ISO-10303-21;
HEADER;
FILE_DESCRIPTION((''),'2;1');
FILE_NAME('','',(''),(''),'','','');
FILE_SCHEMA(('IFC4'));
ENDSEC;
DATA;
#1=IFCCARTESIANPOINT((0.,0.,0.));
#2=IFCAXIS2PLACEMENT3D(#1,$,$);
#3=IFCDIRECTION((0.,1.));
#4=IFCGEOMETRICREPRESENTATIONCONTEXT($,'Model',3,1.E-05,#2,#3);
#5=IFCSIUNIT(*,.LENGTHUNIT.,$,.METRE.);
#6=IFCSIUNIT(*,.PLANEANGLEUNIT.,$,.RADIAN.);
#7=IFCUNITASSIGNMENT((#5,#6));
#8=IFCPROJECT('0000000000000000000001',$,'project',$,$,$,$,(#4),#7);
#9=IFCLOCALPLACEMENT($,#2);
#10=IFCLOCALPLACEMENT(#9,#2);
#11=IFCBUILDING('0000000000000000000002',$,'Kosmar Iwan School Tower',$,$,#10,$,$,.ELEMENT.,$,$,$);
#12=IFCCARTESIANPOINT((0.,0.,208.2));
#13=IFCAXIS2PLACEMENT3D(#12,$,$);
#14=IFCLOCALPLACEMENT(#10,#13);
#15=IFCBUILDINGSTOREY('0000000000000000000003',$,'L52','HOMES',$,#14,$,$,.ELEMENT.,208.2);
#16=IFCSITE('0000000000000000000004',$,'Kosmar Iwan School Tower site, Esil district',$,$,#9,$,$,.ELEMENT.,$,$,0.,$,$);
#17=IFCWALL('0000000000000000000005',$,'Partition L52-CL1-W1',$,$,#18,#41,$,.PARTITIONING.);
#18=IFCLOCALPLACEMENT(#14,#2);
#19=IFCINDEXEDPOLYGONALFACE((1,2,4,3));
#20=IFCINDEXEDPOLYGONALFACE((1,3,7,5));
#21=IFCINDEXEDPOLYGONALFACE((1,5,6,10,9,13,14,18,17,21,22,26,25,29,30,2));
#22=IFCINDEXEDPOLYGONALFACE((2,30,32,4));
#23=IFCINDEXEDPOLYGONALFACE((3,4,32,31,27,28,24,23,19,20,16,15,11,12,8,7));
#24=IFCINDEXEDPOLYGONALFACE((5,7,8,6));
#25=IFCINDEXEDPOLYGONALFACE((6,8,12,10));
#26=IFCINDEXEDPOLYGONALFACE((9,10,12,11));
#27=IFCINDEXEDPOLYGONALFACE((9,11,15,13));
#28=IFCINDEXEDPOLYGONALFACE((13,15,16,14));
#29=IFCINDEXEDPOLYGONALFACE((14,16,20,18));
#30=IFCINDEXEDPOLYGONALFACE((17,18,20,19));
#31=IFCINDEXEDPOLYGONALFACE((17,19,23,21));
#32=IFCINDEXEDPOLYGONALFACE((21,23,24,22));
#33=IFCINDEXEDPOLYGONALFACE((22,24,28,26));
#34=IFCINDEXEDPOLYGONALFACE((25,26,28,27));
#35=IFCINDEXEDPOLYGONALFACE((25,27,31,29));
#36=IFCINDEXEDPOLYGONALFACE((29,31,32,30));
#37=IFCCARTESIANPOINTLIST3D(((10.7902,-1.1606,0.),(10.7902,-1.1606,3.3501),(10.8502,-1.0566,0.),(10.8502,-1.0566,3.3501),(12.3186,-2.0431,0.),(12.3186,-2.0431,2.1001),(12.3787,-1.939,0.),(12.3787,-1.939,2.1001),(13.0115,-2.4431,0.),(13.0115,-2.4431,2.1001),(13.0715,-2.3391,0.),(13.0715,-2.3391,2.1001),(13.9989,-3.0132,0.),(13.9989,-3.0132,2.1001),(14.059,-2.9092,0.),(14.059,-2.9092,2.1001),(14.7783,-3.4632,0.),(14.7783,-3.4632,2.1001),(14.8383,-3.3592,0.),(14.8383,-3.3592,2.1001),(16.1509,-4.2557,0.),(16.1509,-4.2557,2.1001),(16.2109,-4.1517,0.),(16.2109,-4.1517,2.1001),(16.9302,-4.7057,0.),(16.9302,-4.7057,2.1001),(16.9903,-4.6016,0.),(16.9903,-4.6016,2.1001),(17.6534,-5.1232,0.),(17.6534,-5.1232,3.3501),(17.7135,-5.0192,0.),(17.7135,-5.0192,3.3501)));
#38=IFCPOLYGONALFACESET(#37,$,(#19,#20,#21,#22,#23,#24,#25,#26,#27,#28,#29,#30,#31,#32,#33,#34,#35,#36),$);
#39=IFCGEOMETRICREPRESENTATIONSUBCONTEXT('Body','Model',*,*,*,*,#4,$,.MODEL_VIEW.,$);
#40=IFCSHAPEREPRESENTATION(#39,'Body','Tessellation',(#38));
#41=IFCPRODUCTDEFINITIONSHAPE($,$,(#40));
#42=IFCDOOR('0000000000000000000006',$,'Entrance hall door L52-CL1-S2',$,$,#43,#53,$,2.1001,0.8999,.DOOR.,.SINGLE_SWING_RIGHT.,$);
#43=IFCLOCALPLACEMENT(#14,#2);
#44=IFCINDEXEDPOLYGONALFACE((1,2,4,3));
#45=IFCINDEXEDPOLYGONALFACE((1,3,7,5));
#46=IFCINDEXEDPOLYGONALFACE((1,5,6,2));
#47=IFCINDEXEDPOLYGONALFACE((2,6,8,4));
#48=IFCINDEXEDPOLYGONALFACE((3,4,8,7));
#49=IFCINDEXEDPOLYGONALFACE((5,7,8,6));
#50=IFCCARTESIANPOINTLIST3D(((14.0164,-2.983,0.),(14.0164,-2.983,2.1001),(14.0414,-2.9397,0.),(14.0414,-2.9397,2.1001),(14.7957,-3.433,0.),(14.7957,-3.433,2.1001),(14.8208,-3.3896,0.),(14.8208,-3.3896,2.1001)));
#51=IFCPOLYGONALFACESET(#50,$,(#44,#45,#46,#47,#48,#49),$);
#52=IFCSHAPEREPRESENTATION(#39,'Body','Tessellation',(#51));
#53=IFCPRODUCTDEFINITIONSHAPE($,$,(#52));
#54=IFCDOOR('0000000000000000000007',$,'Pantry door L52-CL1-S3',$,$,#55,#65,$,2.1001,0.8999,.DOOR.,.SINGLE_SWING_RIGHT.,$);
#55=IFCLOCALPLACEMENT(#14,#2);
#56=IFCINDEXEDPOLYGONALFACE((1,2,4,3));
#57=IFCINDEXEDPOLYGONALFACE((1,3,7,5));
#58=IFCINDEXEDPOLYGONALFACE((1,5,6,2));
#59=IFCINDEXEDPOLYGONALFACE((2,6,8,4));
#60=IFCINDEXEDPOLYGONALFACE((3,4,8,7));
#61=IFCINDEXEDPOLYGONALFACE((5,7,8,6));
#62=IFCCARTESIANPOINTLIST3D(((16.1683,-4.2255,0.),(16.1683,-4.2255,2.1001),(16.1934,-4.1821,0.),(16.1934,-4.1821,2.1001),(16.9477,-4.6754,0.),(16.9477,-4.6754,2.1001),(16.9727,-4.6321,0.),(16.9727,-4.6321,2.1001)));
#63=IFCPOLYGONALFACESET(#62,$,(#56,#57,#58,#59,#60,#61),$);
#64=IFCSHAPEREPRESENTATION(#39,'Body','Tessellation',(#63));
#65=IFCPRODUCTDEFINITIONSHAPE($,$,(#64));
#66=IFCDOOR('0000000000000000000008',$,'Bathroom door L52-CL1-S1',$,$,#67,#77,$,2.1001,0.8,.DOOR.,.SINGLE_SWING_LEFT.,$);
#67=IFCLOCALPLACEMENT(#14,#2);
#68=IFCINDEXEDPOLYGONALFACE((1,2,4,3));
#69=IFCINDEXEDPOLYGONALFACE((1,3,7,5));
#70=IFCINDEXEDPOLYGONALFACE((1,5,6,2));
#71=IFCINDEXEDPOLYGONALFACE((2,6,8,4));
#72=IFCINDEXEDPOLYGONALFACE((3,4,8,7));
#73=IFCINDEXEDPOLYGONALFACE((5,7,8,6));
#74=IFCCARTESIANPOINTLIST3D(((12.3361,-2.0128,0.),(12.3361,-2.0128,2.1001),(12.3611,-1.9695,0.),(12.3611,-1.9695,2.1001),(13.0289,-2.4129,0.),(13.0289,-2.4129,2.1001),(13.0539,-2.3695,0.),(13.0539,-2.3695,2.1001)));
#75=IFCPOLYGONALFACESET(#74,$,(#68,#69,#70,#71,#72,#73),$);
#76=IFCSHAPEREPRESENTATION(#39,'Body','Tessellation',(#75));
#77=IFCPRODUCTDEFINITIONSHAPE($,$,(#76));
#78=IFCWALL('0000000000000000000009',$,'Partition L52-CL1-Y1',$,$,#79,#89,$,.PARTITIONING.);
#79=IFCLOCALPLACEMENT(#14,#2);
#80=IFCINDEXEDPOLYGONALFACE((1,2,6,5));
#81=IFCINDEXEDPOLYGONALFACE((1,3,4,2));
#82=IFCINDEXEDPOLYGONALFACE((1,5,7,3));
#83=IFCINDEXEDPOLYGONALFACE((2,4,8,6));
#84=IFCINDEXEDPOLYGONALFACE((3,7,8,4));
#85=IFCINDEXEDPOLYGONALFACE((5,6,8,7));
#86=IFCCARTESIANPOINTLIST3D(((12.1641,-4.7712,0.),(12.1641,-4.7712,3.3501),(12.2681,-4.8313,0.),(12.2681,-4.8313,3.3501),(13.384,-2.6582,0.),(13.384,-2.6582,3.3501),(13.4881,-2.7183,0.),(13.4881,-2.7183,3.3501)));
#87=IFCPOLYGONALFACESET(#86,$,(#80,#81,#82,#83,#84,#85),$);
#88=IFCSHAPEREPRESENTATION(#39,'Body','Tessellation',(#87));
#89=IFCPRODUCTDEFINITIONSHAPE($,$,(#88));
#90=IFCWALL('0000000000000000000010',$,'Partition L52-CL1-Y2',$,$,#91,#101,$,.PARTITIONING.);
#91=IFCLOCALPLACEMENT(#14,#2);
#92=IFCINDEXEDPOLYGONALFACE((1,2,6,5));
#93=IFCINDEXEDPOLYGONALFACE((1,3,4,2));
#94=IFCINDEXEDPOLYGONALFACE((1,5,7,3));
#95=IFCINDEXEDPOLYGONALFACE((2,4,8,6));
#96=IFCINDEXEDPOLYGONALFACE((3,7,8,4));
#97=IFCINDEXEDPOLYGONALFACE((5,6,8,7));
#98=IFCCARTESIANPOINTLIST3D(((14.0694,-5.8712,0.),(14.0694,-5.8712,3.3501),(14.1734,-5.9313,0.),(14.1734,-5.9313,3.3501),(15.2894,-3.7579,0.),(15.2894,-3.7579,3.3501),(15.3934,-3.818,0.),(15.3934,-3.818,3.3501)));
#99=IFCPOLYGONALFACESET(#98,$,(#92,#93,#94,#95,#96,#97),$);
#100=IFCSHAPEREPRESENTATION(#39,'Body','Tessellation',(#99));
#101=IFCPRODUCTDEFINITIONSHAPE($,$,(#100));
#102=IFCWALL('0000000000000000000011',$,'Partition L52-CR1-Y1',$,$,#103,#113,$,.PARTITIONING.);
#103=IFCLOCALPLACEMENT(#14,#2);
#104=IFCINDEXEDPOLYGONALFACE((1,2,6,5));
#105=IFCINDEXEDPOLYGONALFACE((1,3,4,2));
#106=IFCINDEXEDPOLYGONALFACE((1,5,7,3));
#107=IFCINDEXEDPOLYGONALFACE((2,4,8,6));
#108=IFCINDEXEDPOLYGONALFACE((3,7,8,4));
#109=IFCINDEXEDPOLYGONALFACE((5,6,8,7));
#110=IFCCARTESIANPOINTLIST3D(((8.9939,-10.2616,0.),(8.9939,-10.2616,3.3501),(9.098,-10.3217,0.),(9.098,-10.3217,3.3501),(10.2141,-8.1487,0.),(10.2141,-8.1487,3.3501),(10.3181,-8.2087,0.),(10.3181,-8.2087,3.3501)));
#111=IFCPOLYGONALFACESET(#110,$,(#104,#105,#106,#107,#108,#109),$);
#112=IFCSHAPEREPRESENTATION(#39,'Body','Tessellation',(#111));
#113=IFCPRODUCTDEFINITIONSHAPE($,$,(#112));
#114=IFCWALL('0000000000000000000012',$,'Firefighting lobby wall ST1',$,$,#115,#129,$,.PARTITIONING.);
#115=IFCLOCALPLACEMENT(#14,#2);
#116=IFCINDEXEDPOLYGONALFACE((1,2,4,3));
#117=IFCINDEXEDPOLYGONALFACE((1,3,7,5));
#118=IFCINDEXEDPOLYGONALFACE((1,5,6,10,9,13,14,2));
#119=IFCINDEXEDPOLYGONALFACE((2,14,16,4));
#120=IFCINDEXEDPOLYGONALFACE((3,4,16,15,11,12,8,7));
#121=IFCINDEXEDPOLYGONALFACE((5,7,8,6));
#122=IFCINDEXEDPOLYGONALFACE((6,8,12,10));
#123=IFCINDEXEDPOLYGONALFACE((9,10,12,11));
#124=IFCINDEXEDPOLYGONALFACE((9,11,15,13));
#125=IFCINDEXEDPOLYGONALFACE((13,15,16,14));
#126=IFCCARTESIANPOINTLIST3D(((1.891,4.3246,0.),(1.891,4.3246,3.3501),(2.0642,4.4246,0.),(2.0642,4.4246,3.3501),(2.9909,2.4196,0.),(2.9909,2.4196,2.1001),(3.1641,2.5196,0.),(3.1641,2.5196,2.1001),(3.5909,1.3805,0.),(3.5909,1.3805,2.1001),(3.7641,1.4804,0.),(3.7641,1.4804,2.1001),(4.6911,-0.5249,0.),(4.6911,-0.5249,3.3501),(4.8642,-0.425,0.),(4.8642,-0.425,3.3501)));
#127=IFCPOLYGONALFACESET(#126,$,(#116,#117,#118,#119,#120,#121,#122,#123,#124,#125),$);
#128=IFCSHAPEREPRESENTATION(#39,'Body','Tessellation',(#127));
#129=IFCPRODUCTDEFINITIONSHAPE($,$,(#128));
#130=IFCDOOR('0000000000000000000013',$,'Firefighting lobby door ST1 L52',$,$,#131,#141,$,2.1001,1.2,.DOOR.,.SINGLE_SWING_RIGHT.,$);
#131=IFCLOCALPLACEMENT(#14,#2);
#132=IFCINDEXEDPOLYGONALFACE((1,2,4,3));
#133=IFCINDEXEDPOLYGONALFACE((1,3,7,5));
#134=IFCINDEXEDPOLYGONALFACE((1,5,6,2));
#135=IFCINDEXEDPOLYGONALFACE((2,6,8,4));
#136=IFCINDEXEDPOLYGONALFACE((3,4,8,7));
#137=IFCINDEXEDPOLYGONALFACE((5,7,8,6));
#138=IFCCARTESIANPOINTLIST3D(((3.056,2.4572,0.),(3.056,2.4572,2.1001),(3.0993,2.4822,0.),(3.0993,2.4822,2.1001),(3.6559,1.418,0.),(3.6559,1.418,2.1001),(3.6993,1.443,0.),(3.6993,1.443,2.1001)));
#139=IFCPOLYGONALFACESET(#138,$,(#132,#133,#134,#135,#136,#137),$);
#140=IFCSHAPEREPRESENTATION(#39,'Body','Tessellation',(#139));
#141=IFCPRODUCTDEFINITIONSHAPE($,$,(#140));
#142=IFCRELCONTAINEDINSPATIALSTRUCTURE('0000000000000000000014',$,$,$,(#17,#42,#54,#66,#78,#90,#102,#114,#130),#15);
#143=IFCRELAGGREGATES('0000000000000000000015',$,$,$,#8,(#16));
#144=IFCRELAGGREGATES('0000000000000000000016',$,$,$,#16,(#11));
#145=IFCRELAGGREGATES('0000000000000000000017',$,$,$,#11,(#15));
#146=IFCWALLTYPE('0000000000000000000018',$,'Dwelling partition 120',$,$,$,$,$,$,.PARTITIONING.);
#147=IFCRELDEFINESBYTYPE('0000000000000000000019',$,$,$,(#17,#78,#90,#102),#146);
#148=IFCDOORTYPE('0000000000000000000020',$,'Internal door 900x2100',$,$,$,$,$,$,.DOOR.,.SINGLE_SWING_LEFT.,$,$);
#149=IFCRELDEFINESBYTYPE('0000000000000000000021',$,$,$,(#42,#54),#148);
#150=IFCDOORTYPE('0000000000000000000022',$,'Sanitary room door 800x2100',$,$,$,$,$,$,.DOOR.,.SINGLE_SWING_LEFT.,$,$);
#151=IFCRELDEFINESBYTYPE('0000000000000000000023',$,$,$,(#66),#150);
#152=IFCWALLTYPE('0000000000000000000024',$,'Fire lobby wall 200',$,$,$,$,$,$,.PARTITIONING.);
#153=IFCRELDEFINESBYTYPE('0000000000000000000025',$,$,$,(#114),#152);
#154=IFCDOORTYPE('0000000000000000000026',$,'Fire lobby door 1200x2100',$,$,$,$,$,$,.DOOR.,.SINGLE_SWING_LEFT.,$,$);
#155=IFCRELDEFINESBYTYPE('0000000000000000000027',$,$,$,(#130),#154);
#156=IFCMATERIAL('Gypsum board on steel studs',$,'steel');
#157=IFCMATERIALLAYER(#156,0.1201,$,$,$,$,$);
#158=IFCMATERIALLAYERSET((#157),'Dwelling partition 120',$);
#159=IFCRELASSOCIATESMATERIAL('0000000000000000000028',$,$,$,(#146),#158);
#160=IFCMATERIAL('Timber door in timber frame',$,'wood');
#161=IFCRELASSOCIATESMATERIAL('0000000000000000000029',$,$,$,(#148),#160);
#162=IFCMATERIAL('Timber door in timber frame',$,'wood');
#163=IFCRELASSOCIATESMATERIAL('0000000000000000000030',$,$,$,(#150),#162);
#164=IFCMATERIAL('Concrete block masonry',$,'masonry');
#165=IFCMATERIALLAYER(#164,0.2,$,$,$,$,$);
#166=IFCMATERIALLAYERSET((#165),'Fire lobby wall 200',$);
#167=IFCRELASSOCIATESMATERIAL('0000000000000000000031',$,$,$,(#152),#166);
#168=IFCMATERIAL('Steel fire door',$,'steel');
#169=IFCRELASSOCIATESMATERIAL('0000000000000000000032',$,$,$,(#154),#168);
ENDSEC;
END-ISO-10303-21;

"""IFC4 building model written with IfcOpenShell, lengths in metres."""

from ifc_helpers import new_model, si_unit, direction, frame, frame_2d, origin, place, context, subcontext, project, spatial, rectangle, extrude, material, layer, layer_set, type_object, element, fill, save


model = new_model("IFC4")

# Units and contexts
model_context = context("Model", 3, precision=1e-05, world=origin(), true_north=direction((0.0, 1.0)))
body_context = subcontext(model_context, "Body", "Model", "MODEL_VIEW")
ifc_project = project(units=[si_unit("LENGTHUNIT", "METRE"), si_unit("PLANEANGLEUNIT", "RADIAN")], contexts=[model_context])

# Site, building, storey
site_placement = place(None, origin())
site = spatial("IfcSite", under=ifc_project, at=site_placement, Name="Kosmar Iwan School Tower site, Esil district", CompositionType="ELEMENT", RefElevation=0.0)
building_placement = place(site_placement, origin())
building = spatial("IfcBuilding", under=site, at=building_placement, Name="Kosmar Iwan School Tower", CompositionType="ELEMENT")
storey_placement = place(building_placement, frame((0.0, 0.0, 208.2)))
storey = spatial("IfcBuildingStorey", under=building, at=storey_placement, Name="L52", Description="HOMES", CompositionType="ELEMENT", Elevation=208.2)

# Wall, openings, doors
ifc_material_1 = material(Name="Gypsum board on steel studs", Category="steel")
ifc_layer_1 = layer(ifc_material_1, 0.1201)
ifc_layer_set_1 = layer_set([ifc_layer_1], Name="Dwelling partition 120")
wall_type_1 = type_object("IfcWallType", Name="Dwelling partition 120", PredefinedType="PARTITIONING", material=ifc_layer_set_1)
wall_1_placement = place(storey_placement, frame((10.8203, -1.1086, 0.0), z_axis=(0.0, 0.0, 1.0), x_axis=(0.866018, -0.500012, 0.0)))
wall_1 = element("IfcWall", 1, at=wall_1_placement, inside=storey, type_object=wall_type_1, Name="Partition L52-CL1-W1", PredefinedType="PARTITIONING", context=body_context, shape_type="SweptSolid", body=[
    extrude(rectangle(XDim=7.925, YDim=0.1201, at=frame_2d((3.9624, 0.0))), origin(), (0.0, 0.0, 1.0), 3.3501),
])
opening_1_placement = place(wall_1_placement, frame((1.7649, 0.0, 0.0)))
opening_1 = element("IfcOpeningElement", 2, at=opening_1_placement, cuts=wall_1, PredefinedType="OPENING", context=body_context, shape_type="SweptSolid", body=[
    extrude(rectangle(XDim=0.8, YDim=2.1001, at=frame_2d((0.3999, 1.05))), frame((0.0, 0.072, 0.0), z_axis=(0.0, -1.0, 0.0), x_axis=(1.0, 0.0, 0.0)), (0.0, 0.0, 1.0), 0.144),
])
opening_2_placement = place(wall_1_placement, frame((3.7051, 0.0, 0.0)))
opening_2 = element("IfcOpeningElement", 3, at=opening_2_placement, cuts=wall_1, PredefinedType="OPENING", context=body_context, shape_type="SweptSolid", body=[
    extrude(rectangle(XDim=0.8999, YDim=2.1001, at=frame_2d((0.45, 1.05))), frame((0.0, 0.072, 0.0), z_axis=(0.0, -1.0, 0.0), x_axis=(1.0, 0.0, 0.0)), (0.0, 0.0, 1.0), 0.144),
])
opening_3_placement = place(wall_1_placement, frame((6.1899, 0.0, 0.0)))
opening_3 = element("IfcOpeningElement", 4, at=opening_3_placement, cuts=wall_1, PredefinedType="OPENING", context=body_context, shape_type="SweptSolid", body=[
    extrude(rectangle(XDim=0.8999, YDim=2.1001, at=frame_2d((0.45, 1.05))), frame((0.0, 0.072, 0.0), z_axis=(0.0, -1.0, 0.0), x_axis=(1.0, 0.0, 0.0)), (0.0, 0.0, 1.0), 0.144),
])
ifc_material_2 = material(Name="Timber door in timber frame", Category="wood")
door_type_1 = type_object("IfcDoorType", Name="Internal door 900x2100", OperationType="SINGLE_SWING_LEFT", PredefinedType="DOOR", material=ifc_material_2)
door_1_placement = place(opening_2_placement, origin())
door_1 = element("IfcDoor", 5, at=door_1_placement, inside=storey, type_object=door_type_1, Name="Entrance hall door L52-CL1-S2", OperationType="SINGLE_SWING_RIGHT", OverallHeight=2.1001, OverallWidth=0.8999, PredefinedType="DOOR", context=body_context, shape_type="SweptSolid", body=[
    extrude(rectangle(XDim=0.8999, YDim=2.1001, at=frame_2d((0.45, 1.05))), frame((0.0, 0.0249, 0.0), z_axis=(0.0, -1.0, 0.0), x_axis=(1.0, 0.0, 0.0)), (0.0, 0.0, 1.0), 0.05),
])
fill(opening_2, door_1)
door_2_placement = place(opening_3_placement, origin())
door_2 = element("IfcDoor", 6, at=door_2_placement, inside=storey, type_object=door_type_1, Name="Pantry door L52-CL1-S3", OperationType="SINGLE_SWING_RIGHT", OverallHeight=2.1001, OverallWidth=0.8999, PredefinedType="DOOR", context=body_context, shape_type="SweptSolid", body=[
    extrude(rectangle(XDim=0.8999, YDim=2.1001, at=frame_2d((0.45, 1.05))), frame((0.0, 0.0249, 0.0), z_axis=(0.0, -1.0, 0.0), x_axis=(1.0, 0.0, 0.0)), (0.0, 0.0, 1.0), 0.05),
])
fill(opening_3, door_2)
ifc_material_3 = material(Name="Timber door in timber frame", Category="wood")
door_type_2 = type_object("IfcDoorType", Name="Sanitary room door 800x2100", OperationType="SINGLE_SWING_LEFT", PredefinedType="DOOR", material=ifc_material_3)
door_3_placement = place(opening_1_placement, origin())
door_3 = element("IfcDoor", 7, at=door_3_placement, inside=storey, type_object=door_type_2, Name="Bathroom door L52-CL1-S1", OperationType="SINGLE_SWING_LEFT", OverallHeight=2.1001, OverallWidth=0.8, PredefinedType="DOOR", context=body_context, shape_type="SweptSolid", body=[
    extrude(rectangle(XDim=0.8, YDim=2.1001, at=frame_2d((0.3999, 1.05))), frame((0.0, 0.0249, 0.0), z_axis=(0.0, -1.0, 0.0), x_axis=(1.0, 0.0, 0.0)), (0.0, 0.0, 1.0), 0.05),
])
fill(opening_1, door_3)

# Walls
wall_2_placement = place(storey_placement, frame((12.2161, -4.8013, 0.0), z_axis=(0.0, 0.0, 1.0), x_axis=(0.500003, 0.866024, 0.0)))
element("IfcWall", 8, at=wall_2_placement, inside=storey, type_object=wall_type_1, Name="Partition L52-CL1-Y1", PredefinedType="PARTITIONING", context=body_context, shape_type="SweptSolid", body=[
    extrude(rectangle(XDim=2.4399, YDim=0.1201, at=frame_2d((1.22, 0.0))), origin(), (0.0, 0.0, 1.0), 3.3501),
])
wall_3_placement = place(storey_placement, frame((14.1213, -5.9014, 0.0), z_axis=(0.0, 0.0, 1.0), x_axis=(0.499959, 0.866049, 0.0)))
element("IfcWall", 9, at=wall_3_placement, inside=storey, type_object=wall_type_1, Name="Partition L52-CL1-Y2", PredefinedType="PARTITIONING", context=body_context, shape_type="SweptSolid", body=[
    extrude(rectangle(XDim=2.4402, YDim=0.1201, at=frame_2d((1.2202, 0.0))), origin(), (0.0, 0.0, 1.0), 3.3501),
])
wall_4_placement = place(storey_placement, frame((10.2661, -8.1787, 0.0), z_axis=(0.0, 0.0, 1.0), x_axis=(-0.500078, -0.865981, 0.0)))
element("IfcWall", 10, at=wall_4_placement, inside=storey, type_object=wall_type_1, Name="Partition L52-CR1-Y1", PredefinedType="PARTITIONING", context=body_context, shape_type="SweptSolid", body=[
    extrude(rectangle(XDim=2.4399, YDim=0.1201, at=frame_2d((1.22, 0.0))), origin(), (0.0, 0.0, 1.0), 3.3501),
])

# Wall, opening, door
ifc_material_4 = material(Name="Concrete block masonry", Category="masonry")
ifc_layer_2 = layer(ifc_material_4, 0.2)
ifc_layer_set_2 = layer_set([ifc_layer_2], Name="Fire lobby wall 200")
wall_type_2 = type_object("IfcWallType", Name="Fire lobby wall 200", PredefinedType="PARTITIONING", material=ifc_layer_set_2)
wall_5_placement = place(storey_placement, frame((4.7776, -0.4749, 0.0), z_axis=(0.0, 0.0, 1.0), x_axis=(-0.500017, 0.866016, 0.0)))
wall_5 = element("IfcWall", 11, at=wall_5_placement, inside=storey, type_object=wall_type_2, Name="Firefighting lobby wall ST1", PredefinedType="PARTITIONING", context=body_context, shape_type="SweptSolid", body=[
    extrude(rectangle(XDim=5.5999, YDim=0.2, at=frame_2d((2.7998, 0.0))), origin(), (0.0, 0.0, 1.0), 3.3501),
])
opening_4_placement = place(wall_5_placement, frame((2.2, 0.0, 0.0)))
opening_4 = element("IfcOpeningElement", 12, at=opening_4_placement, cuts=wall_5, PredefinedType="OPENING", context=body_context, shape_type="SweptSolid", body=[
    extrude(rectangle(XDim=1.2, YDim=2.1001, at=frame_2d((0.6001, 1.05))), frame((0.0, 0.1121, 0.0), z_axis=(0.0, -1.0, 0.0), x_axis=(1.0, 0.0, 0.0)), (0.0, 0.0, 1.0), 0.2239),
])
ifc_material_5 = material(Name="Steel fire door", Category="steel")
door_type_3 = type_object("IfcDoorType", Name="Fire lobby door 1200x2100", OperationType="SINGLE_SWING_LEFT", PredefinedType="DOOR", material=ifc_material_5)
door_4_placement = place(opening_4_placement, origin())
door_4 = element("IfcDoor", 13, at=door_4_placement, inside=storey, type_object=door_type_3, Name="Firefighting lobby door ST1 L52", OperationType="SINGLE_SWING_RIGHT", OverallHeight=2.1001, OverallWidth=1.2, PredefinedType="DOOR", context=body_context, shape_type="SweptSolid", body=[
    extrude(rectangle(XDim=1.2, YDim=2.1001, at=frame_2d((0.6001, 1.05))), frame((0.0, 0.0249, 0.0), z_axis=(0.0, -1.0, 0.0), x_axis=(1.0, 0.0, 0.0)), (0.0, 0.0, 1.0), 0.05),
])
fill(opening_4, door_4)

save(model, "model.ifc")
